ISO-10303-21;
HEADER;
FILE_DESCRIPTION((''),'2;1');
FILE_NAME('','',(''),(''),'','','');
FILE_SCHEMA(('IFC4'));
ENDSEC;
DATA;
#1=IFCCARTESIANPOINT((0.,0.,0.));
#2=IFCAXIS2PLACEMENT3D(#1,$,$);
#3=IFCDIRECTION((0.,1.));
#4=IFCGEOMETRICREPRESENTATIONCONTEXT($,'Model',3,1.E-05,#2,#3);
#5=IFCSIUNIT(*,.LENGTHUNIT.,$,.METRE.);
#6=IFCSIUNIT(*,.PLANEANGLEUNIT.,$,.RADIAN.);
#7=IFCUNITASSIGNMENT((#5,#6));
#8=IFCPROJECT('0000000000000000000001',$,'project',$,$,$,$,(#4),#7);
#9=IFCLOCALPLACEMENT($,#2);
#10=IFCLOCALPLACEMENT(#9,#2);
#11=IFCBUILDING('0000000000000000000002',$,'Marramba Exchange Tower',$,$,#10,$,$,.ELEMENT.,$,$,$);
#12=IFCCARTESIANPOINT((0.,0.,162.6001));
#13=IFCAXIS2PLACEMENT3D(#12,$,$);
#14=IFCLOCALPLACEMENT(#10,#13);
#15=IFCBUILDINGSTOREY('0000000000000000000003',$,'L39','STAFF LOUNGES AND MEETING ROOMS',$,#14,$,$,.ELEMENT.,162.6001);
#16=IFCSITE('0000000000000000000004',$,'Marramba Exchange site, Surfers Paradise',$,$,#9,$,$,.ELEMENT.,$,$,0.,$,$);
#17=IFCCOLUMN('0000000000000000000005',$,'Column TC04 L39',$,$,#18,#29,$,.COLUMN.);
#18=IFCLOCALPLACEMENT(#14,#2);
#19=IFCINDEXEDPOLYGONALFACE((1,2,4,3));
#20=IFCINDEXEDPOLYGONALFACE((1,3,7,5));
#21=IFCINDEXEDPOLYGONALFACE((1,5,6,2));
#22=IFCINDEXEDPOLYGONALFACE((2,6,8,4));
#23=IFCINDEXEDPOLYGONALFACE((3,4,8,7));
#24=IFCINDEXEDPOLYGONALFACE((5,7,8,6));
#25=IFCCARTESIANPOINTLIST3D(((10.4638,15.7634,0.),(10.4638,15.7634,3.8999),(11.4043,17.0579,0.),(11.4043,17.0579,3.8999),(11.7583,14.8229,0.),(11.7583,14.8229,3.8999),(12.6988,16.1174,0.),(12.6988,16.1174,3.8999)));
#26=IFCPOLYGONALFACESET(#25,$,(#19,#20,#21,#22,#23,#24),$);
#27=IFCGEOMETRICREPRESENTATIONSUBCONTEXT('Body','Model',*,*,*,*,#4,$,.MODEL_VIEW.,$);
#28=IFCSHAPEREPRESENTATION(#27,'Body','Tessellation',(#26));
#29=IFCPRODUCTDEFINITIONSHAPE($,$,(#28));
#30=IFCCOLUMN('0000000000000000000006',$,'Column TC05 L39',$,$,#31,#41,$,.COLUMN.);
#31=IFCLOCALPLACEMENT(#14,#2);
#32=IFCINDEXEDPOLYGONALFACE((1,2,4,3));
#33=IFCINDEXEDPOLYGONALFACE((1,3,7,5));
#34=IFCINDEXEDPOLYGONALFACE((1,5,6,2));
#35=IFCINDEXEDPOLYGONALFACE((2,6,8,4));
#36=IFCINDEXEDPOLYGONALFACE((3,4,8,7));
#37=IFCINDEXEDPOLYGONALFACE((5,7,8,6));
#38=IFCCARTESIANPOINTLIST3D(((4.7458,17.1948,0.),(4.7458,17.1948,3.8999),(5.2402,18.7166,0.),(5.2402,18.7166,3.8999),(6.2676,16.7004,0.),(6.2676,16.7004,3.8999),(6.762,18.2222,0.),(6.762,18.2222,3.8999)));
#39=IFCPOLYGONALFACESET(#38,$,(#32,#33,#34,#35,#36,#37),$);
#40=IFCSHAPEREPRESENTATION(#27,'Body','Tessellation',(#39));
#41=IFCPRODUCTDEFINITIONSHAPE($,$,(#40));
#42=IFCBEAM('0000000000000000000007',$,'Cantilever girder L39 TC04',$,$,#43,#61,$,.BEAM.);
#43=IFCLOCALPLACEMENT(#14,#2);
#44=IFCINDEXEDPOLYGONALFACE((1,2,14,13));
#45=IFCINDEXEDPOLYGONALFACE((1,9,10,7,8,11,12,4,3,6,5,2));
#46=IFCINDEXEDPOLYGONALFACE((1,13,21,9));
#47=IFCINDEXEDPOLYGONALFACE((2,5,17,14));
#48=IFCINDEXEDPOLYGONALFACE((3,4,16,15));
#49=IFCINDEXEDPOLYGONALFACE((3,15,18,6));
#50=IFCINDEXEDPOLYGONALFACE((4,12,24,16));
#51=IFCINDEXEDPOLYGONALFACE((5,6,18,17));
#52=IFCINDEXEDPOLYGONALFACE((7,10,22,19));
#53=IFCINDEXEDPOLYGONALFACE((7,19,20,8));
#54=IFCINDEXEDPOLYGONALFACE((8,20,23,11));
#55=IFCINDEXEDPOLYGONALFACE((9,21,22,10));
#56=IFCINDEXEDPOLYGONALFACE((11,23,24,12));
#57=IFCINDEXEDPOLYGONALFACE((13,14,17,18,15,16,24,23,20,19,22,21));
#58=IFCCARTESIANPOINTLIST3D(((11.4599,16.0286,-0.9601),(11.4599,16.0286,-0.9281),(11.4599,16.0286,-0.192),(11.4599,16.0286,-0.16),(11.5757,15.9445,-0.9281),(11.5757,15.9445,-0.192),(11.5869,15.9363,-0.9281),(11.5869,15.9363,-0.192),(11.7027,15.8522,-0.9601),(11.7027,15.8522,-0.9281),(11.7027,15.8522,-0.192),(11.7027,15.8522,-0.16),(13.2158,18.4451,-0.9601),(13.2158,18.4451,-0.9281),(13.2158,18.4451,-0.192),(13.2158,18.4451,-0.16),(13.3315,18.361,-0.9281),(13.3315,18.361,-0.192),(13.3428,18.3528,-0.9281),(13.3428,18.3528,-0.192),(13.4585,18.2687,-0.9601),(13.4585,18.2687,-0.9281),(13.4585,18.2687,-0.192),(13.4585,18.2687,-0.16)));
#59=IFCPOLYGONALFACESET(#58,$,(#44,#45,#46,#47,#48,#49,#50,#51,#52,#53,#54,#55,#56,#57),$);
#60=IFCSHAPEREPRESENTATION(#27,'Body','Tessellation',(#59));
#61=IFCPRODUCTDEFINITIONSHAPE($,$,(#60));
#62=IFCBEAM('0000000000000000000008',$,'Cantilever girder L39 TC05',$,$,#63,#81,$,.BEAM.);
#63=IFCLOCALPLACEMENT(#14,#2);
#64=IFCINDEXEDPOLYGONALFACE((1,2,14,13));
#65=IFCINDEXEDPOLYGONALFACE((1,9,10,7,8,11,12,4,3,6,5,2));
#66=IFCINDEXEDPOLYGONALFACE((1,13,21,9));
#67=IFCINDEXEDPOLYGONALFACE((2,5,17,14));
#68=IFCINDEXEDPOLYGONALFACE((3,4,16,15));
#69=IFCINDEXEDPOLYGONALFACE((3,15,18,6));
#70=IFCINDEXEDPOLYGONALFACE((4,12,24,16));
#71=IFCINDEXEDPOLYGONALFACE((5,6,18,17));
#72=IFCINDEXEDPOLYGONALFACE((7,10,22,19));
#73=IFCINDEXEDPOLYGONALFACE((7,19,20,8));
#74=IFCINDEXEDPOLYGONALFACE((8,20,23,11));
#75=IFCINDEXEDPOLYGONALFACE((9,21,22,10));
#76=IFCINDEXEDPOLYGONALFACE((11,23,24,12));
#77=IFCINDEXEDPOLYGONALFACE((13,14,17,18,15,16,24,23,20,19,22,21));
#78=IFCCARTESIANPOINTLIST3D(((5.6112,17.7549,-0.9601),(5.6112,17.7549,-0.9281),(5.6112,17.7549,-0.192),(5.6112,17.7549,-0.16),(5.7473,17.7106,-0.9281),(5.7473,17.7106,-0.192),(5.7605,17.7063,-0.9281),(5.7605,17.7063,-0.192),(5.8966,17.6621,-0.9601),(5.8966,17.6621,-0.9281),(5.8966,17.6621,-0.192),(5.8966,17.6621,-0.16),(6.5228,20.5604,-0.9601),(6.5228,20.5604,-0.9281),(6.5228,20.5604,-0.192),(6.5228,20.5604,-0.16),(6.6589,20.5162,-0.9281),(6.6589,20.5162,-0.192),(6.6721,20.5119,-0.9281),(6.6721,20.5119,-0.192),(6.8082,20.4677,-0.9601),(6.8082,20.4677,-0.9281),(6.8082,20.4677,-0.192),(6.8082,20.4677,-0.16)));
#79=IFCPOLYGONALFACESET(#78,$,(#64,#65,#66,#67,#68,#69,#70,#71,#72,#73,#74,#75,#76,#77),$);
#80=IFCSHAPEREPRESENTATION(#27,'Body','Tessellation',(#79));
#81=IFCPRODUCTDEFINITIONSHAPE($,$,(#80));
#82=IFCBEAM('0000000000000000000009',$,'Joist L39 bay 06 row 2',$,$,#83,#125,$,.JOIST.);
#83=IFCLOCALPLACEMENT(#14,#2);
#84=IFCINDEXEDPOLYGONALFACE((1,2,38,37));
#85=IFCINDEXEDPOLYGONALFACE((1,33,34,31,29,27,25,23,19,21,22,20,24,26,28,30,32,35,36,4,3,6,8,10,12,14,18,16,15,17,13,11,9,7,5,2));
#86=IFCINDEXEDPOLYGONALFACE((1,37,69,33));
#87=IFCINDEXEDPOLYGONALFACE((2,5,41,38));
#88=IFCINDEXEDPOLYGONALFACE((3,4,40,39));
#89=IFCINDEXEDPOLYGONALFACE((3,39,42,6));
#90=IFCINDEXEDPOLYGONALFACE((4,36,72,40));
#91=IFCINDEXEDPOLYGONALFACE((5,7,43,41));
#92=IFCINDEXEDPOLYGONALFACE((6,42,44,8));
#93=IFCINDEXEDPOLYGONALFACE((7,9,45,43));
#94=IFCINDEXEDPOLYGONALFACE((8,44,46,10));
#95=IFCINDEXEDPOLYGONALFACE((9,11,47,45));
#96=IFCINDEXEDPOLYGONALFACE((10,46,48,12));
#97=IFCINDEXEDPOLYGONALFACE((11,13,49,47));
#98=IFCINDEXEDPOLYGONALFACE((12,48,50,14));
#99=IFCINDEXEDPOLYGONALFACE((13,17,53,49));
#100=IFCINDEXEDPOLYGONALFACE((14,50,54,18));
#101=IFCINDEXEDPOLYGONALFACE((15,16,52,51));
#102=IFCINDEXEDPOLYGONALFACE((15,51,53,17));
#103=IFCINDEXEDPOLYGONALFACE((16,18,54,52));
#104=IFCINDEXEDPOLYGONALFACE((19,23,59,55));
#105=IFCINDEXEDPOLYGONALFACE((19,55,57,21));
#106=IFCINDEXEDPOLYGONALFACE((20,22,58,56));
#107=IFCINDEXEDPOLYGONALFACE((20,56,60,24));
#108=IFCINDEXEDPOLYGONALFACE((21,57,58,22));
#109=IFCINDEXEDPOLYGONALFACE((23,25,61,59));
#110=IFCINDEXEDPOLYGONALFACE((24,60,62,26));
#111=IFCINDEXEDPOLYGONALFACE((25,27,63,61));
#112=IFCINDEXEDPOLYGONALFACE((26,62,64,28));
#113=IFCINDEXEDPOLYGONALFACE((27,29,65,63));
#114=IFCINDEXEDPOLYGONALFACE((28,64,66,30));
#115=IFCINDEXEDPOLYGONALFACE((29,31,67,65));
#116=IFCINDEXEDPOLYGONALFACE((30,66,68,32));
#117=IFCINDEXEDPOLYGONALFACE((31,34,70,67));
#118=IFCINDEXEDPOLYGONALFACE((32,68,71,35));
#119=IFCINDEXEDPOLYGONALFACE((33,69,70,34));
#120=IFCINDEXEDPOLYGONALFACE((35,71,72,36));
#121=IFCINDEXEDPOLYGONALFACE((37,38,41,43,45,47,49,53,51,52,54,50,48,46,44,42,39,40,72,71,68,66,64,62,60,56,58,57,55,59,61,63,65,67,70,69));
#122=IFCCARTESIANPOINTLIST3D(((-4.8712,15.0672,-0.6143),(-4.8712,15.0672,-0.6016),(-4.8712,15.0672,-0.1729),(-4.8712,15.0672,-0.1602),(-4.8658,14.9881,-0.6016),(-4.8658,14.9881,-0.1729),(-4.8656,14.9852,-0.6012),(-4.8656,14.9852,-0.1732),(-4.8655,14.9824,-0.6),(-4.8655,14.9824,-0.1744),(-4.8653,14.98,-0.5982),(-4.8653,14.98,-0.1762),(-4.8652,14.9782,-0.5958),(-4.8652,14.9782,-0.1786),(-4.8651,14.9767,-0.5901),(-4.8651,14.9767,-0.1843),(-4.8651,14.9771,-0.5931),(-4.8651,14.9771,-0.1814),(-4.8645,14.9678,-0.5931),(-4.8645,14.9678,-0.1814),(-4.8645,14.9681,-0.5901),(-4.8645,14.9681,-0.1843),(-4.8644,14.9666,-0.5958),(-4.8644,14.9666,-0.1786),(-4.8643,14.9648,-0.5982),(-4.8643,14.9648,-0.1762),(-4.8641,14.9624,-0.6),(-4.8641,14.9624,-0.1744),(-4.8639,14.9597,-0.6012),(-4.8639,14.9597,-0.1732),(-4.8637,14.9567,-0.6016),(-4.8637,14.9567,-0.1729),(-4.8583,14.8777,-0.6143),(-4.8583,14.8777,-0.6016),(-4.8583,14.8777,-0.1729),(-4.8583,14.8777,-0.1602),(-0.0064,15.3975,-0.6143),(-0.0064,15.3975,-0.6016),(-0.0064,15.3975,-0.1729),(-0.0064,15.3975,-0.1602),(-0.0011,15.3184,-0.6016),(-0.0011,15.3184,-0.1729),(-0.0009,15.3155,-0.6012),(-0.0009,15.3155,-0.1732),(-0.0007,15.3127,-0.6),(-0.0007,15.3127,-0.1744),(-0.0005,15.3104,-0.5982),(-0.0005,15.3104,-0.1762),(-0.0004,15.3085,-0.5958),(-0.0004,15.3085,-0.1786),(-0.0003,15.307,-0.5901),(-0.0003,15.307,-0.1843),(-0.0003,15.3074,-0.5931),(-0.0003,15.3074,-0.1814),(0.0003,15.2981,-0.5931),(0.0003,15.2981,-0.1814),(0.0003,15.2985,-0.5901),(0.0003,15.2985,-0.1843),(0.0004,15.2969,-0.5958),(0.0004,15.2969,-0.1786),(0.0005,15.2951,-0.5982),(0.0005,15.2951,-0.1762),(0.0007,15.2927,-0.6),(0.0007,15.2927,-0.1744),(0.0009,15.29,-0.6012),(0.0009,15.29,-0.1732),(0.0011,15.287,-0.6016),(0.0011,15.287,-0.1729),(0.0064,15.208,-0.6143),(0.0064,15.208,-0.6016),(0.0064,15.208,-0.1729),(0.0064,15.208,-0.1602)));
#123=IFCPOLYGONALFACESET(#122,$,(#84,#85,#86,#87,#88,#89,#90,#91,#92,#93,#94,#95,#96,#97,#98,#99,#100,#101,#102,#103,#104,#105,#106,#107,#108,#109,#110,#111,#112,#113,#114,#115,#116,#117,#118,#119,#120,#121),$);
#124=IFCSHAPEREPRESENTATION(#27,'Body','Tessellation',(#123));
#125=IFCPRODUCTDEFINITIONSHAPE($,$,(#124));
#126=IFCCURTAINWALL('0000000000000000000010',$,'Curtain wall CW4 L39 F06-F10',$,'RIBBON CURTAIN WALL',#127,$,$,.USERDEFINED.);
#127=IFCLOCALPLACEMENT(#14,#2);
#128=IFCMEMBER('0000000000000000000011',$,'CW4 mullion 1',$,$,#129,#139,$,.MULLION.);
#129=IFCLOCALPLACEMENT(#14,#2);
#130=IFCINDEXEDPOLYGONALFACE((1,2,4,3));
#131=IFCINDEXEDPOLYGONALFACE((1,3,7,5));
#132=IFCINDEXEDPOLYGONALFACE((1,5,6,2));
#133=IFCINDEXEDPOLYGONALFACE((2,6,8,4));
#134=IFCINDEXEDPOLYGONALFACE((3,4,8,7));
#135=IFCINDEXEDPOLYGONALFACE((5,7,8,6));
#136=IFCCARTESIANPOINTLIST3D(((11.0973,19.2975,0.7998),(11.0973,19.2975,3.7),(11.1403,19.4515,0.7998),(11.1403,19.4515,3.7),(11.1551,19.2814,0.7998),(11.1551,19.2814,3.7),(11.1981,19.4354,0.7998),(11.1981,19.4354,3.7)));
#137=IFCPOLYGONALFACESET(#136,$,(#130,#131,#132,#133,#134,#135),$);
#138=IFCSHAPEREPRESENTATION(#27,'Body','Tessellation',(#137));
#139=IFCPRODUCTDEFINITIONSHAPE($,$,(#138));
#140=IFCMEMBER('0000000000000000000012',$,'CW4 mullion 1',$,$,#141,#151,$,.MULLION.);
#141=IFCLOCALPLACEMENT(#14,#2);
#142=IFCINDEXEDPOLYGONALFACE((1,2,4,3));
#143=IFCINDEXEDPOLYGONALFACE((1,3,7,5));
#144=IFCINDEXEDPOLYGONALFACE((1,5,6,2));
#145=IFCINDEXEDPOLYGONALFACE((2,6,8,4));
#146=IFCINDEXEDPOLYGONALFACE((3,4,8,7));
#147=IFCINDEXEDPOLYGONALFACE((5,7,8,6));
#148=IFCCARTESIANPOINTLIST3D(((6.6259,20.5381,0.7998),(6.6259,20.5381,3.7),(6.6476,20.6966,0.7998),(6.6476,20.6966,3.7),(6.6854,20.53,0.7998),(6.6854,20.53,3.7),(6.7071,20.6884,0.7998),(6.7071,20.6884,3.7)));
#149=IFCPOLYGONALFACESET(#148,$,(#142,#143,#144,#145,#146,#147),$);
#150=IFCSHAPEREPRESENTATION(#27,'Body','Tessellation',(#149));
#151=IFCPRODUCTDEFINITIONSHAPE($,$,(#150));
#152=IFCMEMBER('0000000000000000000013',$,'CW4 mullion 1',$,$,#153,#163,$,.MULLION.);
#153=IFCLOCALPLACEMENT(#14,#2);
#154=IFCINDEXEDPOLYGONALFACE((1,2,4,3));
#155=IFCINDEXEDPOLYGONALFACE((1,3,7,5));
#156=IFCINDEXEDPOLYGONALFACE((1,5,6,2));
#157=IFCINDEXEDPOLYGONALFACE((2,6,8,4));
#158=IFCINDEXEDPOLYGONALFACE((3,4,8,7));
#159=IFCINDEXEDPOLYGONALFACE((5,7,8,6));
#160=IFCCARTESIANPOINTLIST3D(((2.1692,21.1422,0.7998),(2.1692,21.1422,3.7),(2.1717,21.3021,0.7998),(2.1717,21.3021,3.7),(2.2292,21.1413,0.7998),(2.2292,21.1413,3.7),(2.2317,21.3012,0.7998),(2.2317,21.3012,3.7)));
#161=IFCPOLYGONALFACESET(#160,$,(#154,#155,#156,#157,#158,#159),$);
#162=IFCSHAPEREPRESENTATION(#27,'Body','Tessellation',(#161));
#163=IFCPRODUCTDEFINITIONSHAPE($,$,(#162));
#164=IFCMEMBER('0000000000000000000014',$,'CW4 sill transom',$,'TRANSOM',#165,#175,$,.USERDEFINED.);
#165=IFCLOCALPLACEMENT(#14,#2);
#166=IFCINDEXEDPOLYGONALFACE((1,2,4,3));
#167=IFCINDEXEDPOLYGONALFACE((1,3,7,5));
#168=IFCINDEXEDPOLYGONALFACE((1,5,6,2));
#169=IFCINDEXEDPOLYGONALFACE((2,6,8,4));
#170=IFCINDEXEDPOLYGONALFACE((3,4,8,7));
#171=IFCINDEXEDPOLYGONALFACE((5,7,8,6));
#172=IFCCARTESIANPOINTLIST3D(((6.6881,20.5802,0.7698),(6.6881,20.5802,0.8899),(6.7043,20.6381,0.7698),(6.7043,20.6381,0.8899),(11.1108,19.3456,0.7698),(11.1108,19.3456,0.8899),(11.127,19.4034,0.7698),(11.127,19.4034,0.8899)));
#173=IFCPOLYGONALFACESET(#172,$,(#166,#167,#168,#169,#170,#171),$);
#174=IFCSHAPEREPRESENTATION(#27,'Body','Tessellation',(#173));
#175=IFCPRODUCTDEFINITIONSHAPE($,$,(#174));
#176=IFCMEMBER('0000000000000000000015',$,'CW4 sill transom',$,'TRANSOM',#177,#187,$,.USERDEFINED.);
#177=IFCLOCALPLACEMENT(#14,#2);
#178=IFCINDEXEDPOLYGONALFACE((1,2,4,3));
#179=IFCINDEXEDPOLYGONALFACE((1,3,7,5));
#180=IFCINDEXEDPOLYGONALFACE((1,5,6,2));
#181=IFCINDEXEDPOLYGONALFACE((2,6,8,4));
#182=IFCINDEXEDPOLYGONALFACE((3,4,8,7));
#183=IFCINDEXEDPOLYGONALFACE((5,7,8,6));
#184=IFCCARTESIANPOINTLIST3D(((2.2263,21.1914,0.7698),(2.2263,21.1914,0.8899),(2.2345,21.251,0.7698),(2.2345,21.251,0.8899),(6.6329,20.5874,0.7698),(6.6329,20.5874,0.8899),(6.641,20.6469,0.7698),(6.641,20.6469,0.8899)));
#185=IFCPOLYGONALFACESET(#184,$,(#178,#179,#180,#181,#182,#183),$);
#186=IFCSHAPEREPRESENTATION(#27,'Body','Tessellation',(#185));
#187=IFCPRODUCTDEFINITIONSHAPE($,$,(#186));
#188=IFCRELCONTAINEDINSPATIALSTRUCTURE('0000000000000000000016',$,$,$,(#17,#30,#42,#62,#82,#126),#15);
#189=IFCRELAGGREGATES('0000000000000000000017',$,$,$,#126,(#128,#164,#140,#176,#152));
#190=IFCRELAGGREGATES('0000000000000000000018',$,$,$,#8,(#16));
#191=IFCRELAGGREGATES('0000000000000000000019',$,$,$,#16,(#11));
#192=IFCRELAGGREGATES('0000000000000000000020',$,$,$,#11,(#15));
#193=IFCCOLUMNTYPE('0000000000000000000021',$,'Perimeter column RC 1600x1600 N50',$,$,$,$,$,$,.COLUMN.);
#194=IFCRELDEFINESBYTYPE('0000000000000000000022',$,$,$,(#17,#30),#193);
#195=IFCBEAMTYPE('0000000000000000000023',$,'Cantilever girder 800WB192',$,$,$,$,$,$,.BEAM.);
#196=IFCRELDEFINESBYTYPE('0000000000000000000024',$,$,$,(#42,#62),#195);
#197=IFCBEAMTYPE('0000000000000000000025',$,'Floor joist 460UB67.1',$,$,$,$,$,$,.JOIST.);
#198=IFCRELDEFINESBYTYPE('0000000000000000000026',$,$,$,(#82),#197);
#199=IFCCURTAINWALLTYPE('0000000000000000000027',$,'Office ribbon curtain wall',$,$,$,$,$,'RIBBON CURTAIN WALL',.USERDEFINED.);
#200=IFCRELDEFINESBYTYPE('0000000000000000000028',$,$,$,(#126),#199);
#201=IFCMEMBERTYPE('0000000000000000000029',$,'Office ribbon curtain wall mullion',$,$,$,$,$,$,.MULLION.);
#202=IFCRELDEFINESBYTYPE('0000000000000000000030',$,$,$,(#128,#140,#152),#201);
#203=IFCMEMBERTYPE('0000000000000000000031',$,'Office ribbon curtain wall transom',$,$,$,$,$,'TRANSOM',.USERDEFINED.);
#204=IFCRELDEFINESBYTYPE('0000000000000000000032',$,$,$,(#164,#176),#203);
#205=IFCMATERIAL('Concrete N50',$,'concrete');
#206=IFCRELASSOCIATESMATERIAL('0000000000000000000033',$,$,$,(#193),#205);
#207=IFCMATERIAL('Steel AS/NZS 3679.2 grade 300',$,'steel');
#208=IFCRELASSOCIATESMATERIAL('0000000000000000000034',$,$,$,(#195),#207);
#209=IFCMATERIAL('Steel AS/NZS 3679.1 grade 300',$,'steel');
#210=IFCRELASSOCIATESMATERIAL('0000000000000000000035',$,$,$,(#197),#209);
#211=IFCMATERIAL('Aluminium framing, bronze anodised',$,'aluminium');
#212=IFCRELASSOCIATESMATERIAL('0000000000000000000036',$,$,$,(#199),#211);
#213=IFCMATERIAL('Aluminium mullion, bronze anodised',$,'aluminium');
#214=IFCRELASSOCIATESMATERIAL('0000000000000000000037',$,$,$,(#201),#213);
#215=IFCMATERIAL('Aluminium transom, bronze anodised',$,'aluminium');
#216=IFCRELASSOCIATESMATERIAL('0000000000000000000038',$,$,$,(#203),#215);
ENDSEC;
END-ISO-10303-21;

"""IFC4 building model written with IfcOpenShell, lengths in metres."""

from ifc_helpers import new_model, si_unit, direction, frame, origin, origin_2d, place, context, subcontext, project, spatial, rectangle, i_section, extrude, material, material_profile, profile_set, type_object, element, aggregate, save


model = new_model("IFC4")

# Units and contexts
model_context = context("Model", 3, precision=1e-05, world=origin(), true_north=direction((0.0, 1.0)))
body_context = subcontext(model_context, "Body", "Model", "MODEL_VIEW")
ifc_project = project(units=[si_unit("LENGTHUNIT", "METRE"), si_unit("PLANEANGLEUNIT", "RADIAN")], contexts=[model_context])

# Site, building, storey
site_placement = place(None, origin())
site = spatial("IfcSite", under=ifc_project, at=site_placement, Name="Marramba Exchange site, Surfers Paradise", CompositionType="ELEMENT", RefElevation=0.0)
building_placement = place(site_placement, origin())
building = spatial("IfcBuilding", under=site, at=building_placement, Name="Marramba Exchange Tower", CompositionType="ELEMENT")
storey_placement = place(building_placement, frame((0.0, 0.0, 162.6001)))
storey = spatial("IfcBuildingStorey", under=building, at=storey_placement, Name="L39", Description="STAFF LOUNGES AND MEETING ROOMS", CompositionType="ELEMENT", Elevation=162.6001)

# Columns
ifc_material_1 = material(Name="Concrete N50", Category="concrete")
ifc_material_profile_1 = material_profile(ifc_material_1, rectangle(XDim=1.6001, YDim=1.6001, at=origin_2d()), Name="RC 1600x1600")
ifc_profile_set_1 = profile_set([ifc_material_profile_1], Name="Concrete N50")
column_type = type_object("IfcColumnType", Name="Perimeter column RC 1600x1600 N50", PredefinedType="COLUMN", material=ifc_profile_set_1)
for number, where, z_axis, x_axis, name in (
    (1, (11.5813, 15.9404, 0.0), (0.0, 0.0, 1.0), (0.587785, 0.809017, 0.0), "Column TC04 L39"),
    (2, (5.7539, 17.7085, 0.0), (0.0, 0.0, 1.0), (0.309017, 0.951057, 0.0), "Column TC05 L39"),
):
    element("IfcColumn", number, at=place(storey_placement, frame(where, z_axis=z_axis, x_axis=x_axis)), inside=storey, type_object=column_type, Name=name, PredefinedType="COLUMN", context=body_context, shape_type="SweptSolid", body=[
        extrude(rectangle(XDim=1.6001, YDim=1.6001, at=origin_2d()), origin(), (0.0, 0.0, 1.0), 3.8999),
    ])

# Beams
ifc_material_2 = material(Name="Steel AS/NZS 3679.2 grade 300", Category="steel")
ifc_material_profile_2 = material_profile(ifc_material_2, i_section(OverallWidth=0.3, OverallDepth=0.8, WebThickness=0.0139, FlangeThickness=0.032, at=origin_2d()), Name="800WB192")
ifc_profile_set_2 = profile_set([ifc_material_profile_2], Name="Steel AS/NZS 3679.2 grade 300")
beam_type_1 = type_object("IfcBeamType", Name="Cantilever girder 800WB192", PredefinedType="BEAM", material=ifc_profile_set_2)
beam_1_placement = place(storey_placement, frame((11.5813, 15.9404, -0.5601), z_axis=(0.587822, 0.80899, 0.0), x_axis=(-0.80899, 0.587822, 0.0)))
element("IfcBeam", 3, at=beam_1_placement, inside=storey, type_object=beam_type_1, Name="Cantilever girder L39 TC04", PredefinedType="BEAM", context=body_context, shape_type="SweptSolid", body=[
    extrude(i_section(OverallWidth=0.3, OverallDepth=0.8, WebThickness=0.0139, FlangeThickness=0.032, at=origin_2d()), origin(), (0.0, 0.0, 1.0), 2.9871),
])
beam_2_placement = place(storey_placement, frame((5.7539, 17.7085, -0.5601), z_axis=(0.309019, 0.951056, 0.0), x_axis=(-0.951056, 0.309019, 0.0)))
element("IfcBeam", 4, at=beam_2_placement, inside=storey, type_object=beam_type_1, Name="Cantilever girder L39 TC05", PredefinedType="BEAM", context=body_context, shape_type="SweptSolid", body=[
    extrude(i_section(OverallWidth=0.3, OverallDepth=0.8, WebThickness=0.0139, FlangeThickness=0.032, at=origin_2d()), origin(), (0.0, 0.0, 1.0), 2.95),
])
ifc_material_3 = material(Name="Steel AS/NZS 3679.1 grade 300", Category="steel")
ifc_material_profile_3 = material_profile(ifc_material_3, i_section(OverallWidth=0.1899, OverallDepth=0.4541, WebThickness=0.0085, FlangeThickness=0.0127, FilletRadius=0.0115, at=origin_2d()), Name="460UB67.1")
ifc_profile_set_3 = profile_set([ifc_material_profile_3], Name="Steel AS/NZS 3679.1 grade 300")
beam_type_2 = type_object("IfcBeamType", Name="Floor joist 460UB67.1", PredefinedType="JOIST", material=ifc_profile_set_3)
beam_3_placement = place(storey_placement, frame((0.0, 15.3027, -0.3872), z_axis=(-0.997703, -0.067745, 0.0), x_axis=(0.067745, -0.997703, 0.0)))
element("IfcBeam", 5, at=beam_3_placement, inside=storey, type_object=beam_type_2, Name="Joist L39 bay 06 row 2", PredefinedType="JOIST", context=body_context, shape_type="SweptSolid", body=[
    extrude(i_section(OverallWidth=0.1899, OverallDepth=0.4541, WebThickness=0.0085, FlangeThickness=0.0127, FilletRadius=0.0115, at=origin_2d()), origin(), (0.0, 0.0, 1.0), 4.876),
])

# Curtain wall, members
ifc_material_4 = material(Name="Aluminium framing, bronze anodised", Category="aluminium")
curtain_wall_type = type_object("IfcCurtainWallType", Name="Office ribbon curtain wall", ElementType="RIBBON CURTAIN WALL", PredefinedType="USERDEFINED", material=ifc_material_4)
curtain_wall_placement = place(storey_placement, origin())
curtain_wall = element("IfcCurtainWall", 6, at=curtain_wall_placement, inside=storey, type_object=curtain_wall_type, Name="Curtain wall CW4 L39 F06-F10", ObjectType="RIBBON CURTAIN WALL", PredefinedType="USERDEFINED")
ifc_material_5 = material(Name="Aluminium mullion, bronze anodised", Category="aluminium")
ifc_material_profile_4 = material_profile(ifc_material_5, rectangle(XDim=0.1599, YDim=0.0601, at=origin_2d()), Name="CW4 mullion 60x160")
ifc_profile_set_4 = profile_set([ifc_material_profile_4], Name="Aluminium mullion, bronze anodised")
member_type_1 = type_object("IfcMemberType", Name="Office ribbon curtain wall mullion", PredefinedType="MULLION", material=ifc_profile_set_4)
member_1_placement = place(storey_placement, frame((11.1477, 19.3665, 0.7998), z_axis=(0.0, 0.0, 1.0), x_axis=(-0.268865, -0.963178, 0.0)))
member_1 = element("IfcMember", 7, at=member_1_placement, type_object=member_type_1, Name="CW4 mullion 1", PredefinedType="MULLION", context=body_context, shape_type="SweptSolid", body=[
    extrude(rectangle(XDim=0.1599, YDim=0.0601, at=origin_2d()), origin(), (0.0, 0.0, 1.0), 2.9001),
])
member_2_placement = place(storey_placement, frame((6.6665, 20.6133, 0.7998), z_axis=(0.0, 0.0, 1.0), x_axis=(-0.135786, -0.990738, 0.0)))
member_2 = element("IfcMember", 8, at=member_2_placement, type_object=member_type_1, Name="CW4 mullion 1", PredefinedType="MULLION", context=body_context, shape_type="SweptSolid", body=[
    extrude(rectangle(XDim=0.1599, YDim=0.0601, at=origin_2d()), origin(), (0.0, 0.0, 1.0), 2.9001),
])
member_3_placement = place(storey_placement, frame((2.2004, 21.2217, 0.7998), z_axis=(0.0, 0.0, 1.0), x_axis=(-0.015756, -0.999876, 0.0)))
member_3 = element("IfcMember", 9, at=member_3_placement, type_object=member_type_1, Name="CW4 mullion 1", PredefinedType="MULLION", context=body_context, shape_type="SweptSolid", body=[
    extrude(rectangle(XDim=0.1599, YDim=0.0601, at=origin_2d()), origin(), (0.0, 0.0, 1.0), 2.9001),
])
ifc_material_6 = material(Name="Aluminium transom, bronze anodised", Category="aluminium")
ifc_material_profile_5 = material_profile(ifc_material_6, rectangle(XDim=0.0601, YDim=0.1201, at=origin_2d()), Name="CW4 transom 60x120")
ifc_profile_set_5 = profile_set([ifc_material_profile_5], Name="Aluminium transom, bronze anodised")
member_type_2 = type_object("IfcMemberType", Name="Office ribbon curtain wall transom", ElementType="TRANSOM", PredefinedType="USERDEFINED", material=ifc_profile_set_5)
member_4_placement = place(storey_placement, frame((11.1189, 19.3745, 0.8298), z_axis=(-0.963174, 0.26888, 0.0), x_axis=(-0.26888, -0.963174, 0.0)))
member_4 = element("IfcMember", 10, at=member_4_placement, type_object=member_type_2, Name="CW4 sill transom", ObjectType="TRANSOM", PredefinedType="USERDEFINED", context=body_context, shape_type="SweptSolid", body=[
    extrude(rectangle(XDim=0.0601, YDim=0.1201, at=origin_2d()), origin(), (0.0, 0.0, 1.0), 4.5918),
])
member_5_placement = place(storey_placement, frame((6.637, 20.6172, 0.8298), z_axis=(-0.990736, 0.135801, 0.0), x_axis=(-0.135801, -0.990736, 0.0)))
member_5 = element("IfcMember", 11, at=member_5_placement, type_object=member_type_2, Name="CW4 sill transom", ObjectType="TRANSOM", PredefinedType="USERDEFINED", context=body_context, shape_type="SweptSolid", body=[
    extrude(rectangle(XDim=0.0601, YDim=0.1201, at=origin_2d()), origin(), (0.0, 0.0, 1.0), 4.4478),
])

aggregate(curtain_wall, [member_1, member_4, member_2, member_5, member_3])

save(model, "model.ifc")
